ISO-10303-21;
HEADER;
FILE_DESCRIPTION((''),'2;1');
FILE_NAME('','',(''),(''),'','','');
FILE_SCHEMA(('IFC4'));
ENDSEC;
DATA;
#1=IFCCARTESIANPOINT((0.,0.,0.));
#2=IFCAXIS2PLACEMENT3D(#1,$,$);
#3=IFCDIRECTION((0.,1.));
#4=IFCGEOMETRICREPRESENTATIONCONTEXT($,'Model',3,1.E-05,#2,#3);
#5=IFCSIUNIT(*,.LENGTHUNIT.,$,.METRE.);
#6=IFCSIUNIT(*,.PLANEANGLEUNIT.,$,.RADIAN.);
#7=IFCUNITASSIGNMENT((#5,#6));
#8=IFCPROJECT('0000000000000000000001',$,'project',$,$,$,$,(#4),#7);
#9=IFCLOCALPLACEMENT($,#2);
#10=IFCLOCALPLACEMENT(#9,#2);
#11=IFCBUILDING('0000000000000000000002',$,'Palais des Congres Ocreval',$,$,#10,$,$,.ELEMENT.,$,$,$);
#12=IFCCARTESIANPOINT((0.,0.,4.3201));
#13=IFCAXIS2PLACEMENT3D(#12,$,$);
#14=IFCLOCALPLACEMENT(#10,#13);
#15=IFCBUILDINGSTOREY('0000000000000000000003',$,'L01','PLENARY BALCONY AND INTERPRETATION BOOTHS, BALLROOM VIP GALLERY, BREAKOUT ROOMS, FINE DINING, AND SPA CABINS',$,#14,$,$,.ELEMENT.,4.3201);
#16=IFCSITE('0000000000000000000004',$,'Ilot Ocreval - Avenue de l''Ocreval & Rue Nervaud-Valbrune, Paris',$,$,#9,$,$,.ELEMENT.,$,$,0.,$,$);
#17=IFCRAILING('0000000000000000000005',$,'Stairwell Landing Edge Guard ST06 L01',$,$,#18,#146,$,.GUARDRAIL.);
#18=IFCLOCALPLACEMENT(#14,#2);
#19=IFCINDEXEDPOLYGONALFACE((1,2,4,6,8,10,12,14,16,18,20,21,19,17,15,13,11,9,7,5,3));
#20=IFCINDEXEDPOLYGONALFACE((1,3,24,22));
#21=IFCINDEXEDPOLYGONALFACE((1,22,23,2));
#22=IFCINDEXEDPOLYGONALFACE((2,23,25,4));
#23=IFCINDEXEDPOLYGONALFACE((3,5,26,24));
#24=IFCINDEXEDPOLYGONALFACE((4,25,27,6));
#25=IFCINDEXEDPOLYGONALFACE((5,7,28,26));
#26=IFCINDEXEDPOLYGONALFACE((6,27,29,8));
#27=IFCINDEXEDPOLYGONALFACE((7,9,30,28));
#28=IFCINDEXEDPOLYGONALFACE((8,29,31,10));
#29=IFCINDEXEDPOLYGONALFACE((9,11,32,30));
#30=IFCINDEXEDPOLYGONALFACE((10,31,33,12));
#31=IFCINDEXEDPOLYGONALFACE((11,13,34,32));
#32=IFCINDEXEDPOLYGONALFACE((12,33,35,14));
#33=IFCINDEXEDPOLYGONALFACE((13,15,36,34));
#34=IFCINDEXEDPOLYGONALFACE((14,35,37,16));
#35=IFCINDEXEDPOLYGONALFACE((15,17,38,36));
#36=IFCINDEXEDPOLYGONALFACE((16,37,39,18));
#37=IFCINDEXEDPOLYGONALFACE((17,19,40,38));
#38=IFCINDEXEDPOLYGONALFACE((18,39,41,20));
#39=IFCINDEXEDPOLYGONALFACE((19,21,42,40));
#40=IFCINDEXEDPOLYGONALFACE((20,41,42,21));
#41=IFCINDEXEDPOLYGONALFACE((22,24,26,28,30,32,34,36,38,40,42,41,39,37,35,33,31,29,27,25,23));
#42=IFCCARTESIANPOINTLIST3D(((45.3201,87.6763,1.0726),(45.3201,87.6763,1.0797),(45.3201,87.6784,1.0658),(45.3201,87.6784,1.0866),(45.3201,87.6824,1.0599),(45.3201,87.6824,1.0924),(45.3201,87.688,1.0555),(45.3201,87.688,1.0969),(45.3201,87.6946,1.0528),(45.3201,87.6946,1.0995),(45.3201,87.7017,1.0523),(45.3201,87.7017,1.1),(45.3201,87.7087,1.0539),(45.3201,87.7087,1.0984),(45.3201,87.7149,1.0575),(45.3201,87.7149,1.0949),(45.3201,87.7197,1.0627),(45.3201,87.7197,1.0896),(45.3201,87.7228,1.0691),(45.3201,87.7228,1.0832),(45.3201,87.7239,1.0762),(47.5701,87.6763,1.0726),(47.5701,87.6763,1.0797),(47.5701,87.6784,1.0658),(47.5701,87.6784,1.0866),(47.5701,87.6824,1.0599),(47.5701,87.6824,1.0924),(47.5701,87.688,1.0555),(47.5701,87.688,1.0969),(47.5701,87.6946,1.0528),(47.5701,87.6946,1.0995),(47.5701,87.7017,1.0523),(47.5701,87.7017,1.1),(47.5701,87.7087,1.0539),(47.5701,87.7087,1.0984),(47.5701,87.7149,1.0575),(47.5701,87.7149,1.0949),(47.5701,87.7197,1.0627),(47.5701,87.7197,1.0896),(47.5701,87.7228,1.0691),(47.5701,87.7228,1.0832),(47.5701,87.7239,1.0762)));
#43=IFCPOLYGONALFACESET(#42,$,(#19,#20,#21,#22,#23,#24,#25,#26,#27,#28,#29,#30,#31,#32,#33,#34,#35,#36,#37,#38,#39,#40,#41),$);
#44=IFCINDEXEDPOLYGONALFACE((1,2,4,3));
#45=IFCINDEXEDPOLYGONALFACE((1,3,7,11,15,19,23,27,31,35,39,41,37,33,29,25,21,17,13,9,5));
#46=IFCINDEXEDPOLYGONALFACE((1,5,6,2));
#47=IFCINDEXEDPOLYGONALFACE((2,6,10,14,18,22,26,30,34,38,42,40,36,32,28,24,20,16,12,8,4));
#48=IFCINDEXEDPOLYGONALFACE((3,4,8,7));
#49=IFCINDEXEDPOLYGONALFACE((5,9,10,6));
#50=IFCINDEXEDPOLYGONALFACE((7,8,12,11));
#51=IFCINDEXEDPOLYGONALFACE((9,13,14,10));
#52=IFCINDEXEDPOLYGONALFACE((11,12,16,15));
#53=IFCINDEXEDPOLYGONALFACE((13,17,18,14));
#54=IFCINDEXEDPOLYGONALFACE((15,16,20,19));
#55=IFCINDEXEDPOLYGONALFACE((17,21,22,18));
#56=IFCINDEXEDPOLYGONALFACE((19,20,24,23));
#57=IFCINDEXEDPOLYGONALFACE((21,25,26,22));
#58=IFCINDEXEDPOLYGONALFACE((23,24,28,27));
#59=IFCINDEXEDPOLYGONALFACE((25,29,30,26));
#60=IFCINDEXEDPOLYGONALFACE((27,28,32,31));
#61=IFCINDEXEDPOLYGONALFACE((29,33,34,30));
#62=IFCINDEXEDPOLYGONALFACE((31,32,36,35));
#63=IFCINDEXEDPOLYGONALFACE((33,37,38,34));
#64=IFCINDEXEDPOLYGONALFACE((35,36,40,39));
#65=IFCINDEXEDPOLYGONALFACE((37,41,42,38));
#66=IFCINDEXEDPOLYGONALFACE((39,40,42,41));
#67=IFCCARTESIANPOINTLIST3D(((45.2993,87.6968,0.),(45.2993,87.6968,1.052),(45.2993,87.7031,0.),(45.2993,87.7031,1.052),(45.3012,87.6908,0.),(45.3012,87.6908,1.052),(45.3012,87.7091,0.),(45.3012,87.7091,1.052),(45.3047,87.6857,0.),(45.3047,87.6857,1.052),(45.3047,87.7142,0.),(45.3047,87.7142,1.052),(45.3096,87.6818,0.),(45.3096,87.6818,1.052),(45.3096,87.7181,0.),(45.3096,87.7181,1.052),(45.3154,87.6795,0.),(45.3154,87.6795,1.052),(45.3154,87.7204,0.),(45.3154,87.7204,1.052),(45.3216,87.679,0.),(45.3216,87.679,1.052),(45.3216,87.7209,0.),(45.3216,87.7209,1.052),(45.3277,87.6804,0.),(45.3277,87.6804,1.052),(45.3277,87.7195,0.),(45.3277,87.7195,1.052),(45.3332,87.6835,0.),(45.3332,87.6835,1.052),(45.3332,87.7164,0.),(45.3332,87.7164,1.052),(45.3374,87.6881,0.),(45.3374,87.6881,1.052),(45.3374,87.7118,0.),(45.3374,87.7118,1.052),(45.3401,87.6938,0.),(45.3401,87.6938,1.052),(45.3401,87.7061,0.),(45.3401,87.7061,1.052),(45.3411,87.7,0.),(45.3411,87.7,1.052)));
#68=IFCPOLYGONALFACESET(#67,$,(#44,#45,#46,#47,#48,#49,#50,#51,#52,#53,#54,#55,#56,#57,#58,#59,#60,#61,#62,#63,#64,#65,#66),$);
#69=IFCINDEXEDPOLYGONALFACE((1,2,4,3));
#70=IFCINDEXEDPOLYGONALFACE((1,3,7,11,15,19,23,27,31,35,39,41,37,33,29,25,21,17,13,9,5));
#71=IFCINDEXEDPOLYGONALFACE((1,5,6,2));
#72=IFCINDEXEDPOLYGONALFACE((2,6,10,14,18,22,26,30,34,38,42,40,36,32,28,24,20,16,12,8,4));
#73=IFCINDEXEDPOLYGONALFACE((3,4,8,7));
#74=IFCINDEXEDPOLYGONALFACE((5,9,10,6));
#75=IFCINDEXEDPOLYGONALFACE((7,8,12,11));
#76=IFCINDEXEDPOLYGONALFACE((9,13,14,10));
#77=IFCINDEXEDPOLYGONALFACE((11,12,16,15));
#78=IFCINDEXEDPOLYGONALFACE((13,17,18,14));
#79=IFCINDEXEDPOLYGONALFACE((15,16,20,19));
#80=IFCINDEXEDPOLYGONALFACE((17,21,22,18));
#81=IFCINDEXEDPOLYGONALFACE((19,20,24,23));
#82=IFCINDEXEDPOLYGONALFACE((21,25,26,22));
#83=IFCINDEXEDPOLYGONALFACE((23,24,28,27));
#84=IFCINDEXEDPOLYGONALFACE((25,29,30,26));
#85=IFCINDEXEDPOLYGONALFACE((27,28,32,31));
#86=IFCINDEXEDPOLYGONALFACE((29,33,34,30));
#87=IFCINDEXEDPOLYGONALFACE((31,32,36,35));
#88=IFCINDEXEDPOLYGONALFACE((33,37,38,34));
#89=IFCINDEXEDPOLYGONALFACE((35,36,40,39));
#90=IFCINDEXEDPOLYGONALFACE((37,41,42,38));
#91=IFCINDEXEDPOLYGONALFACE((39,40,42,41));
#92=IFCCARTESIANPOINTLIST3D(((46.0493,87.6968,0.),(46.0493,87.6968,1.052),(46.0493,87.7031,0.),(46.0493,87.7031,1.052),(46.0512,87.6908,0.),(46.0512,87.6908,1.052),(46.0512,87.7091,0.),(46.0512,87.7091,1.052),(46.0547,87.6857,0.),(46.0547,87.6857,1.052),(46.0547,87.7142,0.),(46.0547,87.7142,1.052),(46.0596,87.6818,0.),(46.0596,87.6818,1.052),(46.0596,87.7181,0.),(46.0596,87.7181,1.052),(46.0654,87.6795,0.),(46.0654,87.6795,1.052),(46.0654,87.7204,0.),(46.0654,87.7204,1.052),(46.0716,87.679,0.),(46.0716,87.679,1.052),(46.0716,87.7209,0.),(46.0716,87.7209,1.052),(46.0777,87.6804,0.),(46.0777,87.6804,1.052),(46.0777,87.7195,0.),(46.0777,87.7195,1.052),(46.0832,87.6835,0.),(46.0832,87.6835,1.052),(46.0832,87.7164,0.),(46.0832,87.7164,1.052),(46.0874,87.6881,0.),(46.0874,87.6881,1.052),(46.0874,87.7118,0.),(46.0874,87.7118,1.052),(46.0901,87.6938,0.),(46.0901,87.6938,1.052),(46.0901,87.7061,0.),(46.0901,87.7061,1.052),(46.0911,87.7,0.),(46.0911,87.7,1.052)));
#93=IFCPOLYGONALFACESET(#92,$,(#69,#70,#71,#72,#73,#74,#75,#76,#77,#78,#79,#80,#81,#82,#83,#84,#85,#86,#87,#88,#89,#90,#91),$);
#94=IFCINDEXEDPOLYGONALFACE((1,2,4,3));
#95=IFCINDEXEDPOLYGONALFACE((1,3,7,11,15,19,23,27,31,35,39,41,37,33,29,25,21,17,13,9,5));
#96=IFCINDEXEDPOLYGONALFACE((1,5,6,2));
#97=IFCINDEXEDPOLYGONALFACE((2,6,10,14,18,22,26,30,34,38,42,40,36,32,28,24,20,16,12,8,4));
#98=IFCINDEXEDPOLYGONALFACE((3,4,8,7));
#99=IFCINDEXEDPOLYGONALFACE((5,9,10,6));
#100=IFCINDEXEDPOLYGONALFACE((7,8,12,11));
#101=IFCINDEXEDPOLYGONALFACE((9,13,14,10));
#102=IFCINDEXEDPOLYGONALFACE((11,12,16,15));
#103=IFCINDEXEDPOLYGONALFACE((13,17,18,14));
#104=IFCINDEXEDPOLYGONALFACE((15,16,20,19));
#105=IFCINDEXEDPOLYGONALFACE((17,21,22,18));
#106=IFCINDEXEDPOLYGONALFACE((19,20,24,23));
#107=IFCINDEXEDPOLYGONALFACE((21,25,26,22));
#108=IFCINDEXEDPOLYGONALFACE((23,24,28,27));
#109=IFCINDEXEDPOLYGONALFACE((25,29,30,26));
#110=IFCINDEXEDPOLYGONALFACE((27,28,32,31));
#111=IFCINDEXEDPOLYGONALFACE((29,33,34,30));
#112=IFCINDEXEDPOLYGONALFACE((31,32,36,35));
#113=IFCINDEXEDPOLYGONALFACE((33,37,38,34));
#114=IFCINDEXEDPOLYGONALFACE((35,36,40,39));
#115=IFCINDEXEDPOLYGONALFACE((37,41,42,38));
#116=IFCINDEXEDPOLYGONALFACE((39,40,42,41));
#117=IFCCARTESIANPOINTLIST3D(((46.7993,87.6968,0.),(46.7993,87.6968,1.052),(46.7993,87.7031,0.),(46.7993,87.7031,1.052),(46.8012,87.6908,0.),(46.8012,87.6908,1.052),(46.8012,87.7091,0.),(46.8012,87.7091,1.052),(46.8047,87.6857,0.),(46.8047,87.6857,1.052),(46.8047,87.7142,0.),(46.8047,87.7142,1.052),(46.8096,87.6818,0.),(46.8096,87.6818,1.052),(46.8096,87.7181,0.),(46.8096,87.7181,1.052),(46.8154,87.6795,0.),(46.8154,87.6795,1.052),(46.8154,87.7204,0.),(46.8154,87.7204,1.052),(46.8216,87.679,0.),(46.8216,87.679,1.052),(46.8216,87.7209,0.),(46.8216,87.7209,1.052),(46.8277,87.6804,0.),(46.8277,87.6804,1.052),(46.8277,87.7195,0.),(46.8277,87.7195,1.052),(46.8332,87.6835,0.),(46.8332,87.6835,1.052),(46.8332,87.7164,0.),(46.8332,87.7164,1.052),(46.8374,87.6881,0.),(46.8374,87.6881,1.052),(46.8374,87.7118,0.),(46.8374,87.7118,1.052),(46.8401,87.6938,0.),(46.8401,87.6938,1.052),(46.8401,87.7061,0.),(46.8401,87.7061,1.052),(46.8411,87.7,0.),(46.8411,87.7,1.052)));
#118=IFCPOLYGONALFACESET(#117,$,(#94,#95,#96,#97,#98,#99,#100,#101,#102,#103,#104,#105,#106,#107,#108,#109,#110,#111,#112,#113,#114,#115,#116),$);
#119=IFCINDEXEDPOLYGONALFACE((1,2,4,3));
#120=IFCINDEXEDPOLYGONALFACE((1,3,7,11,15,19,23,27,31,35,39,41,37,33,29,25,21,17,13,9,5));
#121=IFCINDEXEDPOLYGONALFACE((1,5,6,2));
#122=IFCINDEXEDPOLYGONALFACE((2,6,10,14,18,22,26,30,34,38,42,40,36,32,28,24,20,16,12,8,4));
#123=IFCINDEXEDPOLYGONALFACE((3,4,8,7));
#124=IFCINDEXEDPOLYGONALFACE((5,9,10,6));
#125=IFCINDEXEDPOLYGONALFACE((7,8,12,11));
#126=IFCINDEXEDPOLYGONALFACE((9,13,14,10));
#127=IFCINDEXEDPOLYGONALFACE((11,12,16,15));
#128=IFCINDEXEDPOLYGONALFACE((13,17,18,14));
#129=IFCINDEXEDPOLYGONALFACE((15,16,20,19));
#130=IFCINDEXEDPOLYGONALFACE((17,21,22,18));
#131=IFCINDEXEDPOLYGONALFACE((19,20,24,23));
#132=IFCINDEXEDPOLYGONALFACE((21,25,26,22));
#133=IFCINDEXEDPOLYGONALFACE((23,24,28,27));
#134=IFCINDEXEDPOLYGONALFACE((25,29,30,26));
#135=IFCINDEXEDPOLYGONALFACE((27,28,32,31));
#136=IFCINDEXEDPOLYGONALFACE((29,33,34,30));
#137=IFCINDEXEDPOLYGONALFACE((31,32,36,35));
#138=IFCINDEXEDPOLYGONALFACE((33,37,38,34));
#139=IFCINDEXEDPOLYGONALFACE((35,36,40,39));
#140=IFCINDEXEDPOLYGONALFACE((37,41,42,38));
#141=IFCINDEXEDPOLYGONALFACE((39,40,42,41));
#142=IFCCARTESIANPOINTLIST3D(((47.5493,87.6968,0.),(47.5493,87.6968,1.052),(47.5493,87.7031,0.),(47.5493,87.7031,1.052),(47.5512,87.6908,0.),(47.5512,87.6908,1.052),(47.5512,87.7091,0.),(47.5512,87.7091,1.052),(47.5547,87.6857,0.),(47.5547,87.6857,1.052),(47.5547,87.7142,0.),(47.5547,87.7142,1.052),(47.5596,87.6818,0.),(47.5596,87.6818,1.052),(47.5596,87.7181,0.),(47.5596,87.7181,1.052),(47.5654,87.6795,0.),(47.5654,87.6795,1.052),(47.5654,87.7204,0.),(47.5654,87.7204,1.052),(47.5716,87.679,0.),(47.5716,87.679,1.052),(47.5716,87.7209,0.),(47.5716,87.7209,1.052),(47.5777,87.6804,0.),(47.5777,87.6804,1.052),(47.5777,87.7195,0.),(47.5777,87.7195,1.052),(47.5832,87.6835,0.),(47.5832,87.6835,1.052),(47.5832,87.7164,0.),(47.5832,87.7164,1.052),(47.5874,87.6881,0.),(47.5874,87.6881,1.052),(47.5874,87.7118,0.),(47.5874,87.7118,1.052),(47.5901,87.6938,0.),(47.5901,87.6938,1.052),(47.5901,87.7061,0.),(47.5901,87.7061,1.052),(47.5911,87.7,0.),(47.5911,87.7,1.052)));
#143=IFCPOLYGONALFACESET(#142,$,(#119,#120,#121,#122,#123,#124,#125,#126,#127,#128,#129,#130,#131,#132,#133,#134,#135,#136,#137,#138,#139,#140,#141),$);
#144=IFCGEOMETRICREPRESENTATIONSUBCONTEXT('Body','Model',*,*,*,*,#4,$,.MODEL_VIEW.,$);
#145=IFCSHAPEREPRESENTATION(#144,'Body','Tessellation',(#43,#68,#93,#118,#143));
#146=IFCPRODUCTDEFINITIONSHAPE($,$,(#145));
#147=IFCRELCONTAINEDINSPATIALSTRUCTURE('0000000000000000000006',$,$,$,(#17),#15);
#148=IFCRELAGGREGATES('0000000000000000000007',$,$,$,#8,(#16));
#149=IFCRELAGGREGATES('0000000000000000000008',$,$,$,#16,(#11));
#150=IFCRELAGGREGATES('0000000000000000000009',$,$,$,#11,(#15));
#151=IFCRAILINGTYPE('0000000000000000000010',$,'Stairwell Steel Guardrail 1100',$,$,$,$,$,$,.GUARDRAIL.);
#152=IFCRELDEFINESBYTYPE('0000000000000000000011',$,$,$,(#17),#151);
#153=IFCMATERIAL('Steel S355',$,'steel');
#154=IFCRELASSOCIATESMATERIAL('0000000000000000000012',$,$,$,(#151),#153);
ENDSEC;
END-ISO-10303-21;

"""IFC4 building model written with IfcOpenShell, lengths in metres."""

from ifc_helpers import new_model, si_unit, direction, frame, origin, origin_2d, place, context, subcontext, project, spatial, circle, extrude, material, type_object, element, save


model = new_model("IFC4")

# Units and contexts
model_context = context("Model", 3, precision=1e-05, world=origin(), true_north=direction((0.0, 1.0)))
body_context = subcontext(model_context, "Body", "Model", "MODEL_VIEW")
ifc_project = project(units=[si_unit("LENGTHUNIT", "METRE"), si_unit("PLANEANGLEUNIT", "RADIAN")], contexts=[model_context])

# Site, building, storey
site_placement = place(None, origin())
site = spatial("IfcSite", under=ifc_project, at=site_placement, Name="Ilot Ocreval - Avenue de l'Ocreval & Rue Nervaud-Valbrune, Paris", CompositionType="ELEMENT", RefElevation=0.0)
building_placement = place(site_placement, origin())
building = spatial("IfcBuilding", under=site, at=building_placement, Name="Palais des Congres Ocreval", CompositionType="ELEMENT")
storey_placement = place(building_placement, frame((0.0, 0.0, 4.3201)))
storey = spatial("IfcBuildingStorey", under=building, at=storey_placement, Name="L01", Description="PLENARY BALCONY AND INTERPRETATION BOOTHS, BALLROOM VIP GALLERY, BREAKOUT ROOMS, FINE DINING, AND SPA CABINS", CompositionType="ELEMENT", Elevation=4.3201)

# Shared definitions
ifc_material_1 = material(Name="Steel S355", Category="steel")

# Railing
railing_type_1 = type_object("IfcRailingType", Name="Stairwell Steel Guardrail 1100", PredefinedType="GUARDRAIL", material=ifc_material_1)
railing_1_placement = place(storey_placement, frame((45.3201, 87.7, 0.0)))
element("IfcRailing", 1, at=railing_1_placement, inside=storey, type_object=railing_type_1, Name="Stairwell Landing Edge Guard ST06 L01", PredefinedType="GUARDRAIL", context=body_context, shape_type="SweptSolid", body=[
    extrude(circle(Radius=0.0239, at=origin_2d()), frame((0.0, 0.0, 1.0762), z_axis=(1.0, 0.0, 0.0), x_axis=(0.0, 1.0, 0.0)), (0.0, 0.0, 1.0), 2.25),
    extrude(circle(Radius=0.021, at=origin_2d()), origin(), (0.0, 0.0, 1.0), 1.052),
    extrude(circle(Radius=0.021, at=origin_2d()), frame((0.75, 0.0, 0.0)), (0.0, 0.0, 1.0), 1.052),
    extrude(circle(Radius=0.021, at=origin_2d()), frame((1.5, 0.0, 0.0)), (0.0, 0.0, 1.0), 1.052),
    extrude(circle(Radius=0.021, at=origin_2d()), frame((2.25, 0.0, 0.0)), (0.0, 0.0, 1.0), 1.052),
])

save(model, "model.ifc")
